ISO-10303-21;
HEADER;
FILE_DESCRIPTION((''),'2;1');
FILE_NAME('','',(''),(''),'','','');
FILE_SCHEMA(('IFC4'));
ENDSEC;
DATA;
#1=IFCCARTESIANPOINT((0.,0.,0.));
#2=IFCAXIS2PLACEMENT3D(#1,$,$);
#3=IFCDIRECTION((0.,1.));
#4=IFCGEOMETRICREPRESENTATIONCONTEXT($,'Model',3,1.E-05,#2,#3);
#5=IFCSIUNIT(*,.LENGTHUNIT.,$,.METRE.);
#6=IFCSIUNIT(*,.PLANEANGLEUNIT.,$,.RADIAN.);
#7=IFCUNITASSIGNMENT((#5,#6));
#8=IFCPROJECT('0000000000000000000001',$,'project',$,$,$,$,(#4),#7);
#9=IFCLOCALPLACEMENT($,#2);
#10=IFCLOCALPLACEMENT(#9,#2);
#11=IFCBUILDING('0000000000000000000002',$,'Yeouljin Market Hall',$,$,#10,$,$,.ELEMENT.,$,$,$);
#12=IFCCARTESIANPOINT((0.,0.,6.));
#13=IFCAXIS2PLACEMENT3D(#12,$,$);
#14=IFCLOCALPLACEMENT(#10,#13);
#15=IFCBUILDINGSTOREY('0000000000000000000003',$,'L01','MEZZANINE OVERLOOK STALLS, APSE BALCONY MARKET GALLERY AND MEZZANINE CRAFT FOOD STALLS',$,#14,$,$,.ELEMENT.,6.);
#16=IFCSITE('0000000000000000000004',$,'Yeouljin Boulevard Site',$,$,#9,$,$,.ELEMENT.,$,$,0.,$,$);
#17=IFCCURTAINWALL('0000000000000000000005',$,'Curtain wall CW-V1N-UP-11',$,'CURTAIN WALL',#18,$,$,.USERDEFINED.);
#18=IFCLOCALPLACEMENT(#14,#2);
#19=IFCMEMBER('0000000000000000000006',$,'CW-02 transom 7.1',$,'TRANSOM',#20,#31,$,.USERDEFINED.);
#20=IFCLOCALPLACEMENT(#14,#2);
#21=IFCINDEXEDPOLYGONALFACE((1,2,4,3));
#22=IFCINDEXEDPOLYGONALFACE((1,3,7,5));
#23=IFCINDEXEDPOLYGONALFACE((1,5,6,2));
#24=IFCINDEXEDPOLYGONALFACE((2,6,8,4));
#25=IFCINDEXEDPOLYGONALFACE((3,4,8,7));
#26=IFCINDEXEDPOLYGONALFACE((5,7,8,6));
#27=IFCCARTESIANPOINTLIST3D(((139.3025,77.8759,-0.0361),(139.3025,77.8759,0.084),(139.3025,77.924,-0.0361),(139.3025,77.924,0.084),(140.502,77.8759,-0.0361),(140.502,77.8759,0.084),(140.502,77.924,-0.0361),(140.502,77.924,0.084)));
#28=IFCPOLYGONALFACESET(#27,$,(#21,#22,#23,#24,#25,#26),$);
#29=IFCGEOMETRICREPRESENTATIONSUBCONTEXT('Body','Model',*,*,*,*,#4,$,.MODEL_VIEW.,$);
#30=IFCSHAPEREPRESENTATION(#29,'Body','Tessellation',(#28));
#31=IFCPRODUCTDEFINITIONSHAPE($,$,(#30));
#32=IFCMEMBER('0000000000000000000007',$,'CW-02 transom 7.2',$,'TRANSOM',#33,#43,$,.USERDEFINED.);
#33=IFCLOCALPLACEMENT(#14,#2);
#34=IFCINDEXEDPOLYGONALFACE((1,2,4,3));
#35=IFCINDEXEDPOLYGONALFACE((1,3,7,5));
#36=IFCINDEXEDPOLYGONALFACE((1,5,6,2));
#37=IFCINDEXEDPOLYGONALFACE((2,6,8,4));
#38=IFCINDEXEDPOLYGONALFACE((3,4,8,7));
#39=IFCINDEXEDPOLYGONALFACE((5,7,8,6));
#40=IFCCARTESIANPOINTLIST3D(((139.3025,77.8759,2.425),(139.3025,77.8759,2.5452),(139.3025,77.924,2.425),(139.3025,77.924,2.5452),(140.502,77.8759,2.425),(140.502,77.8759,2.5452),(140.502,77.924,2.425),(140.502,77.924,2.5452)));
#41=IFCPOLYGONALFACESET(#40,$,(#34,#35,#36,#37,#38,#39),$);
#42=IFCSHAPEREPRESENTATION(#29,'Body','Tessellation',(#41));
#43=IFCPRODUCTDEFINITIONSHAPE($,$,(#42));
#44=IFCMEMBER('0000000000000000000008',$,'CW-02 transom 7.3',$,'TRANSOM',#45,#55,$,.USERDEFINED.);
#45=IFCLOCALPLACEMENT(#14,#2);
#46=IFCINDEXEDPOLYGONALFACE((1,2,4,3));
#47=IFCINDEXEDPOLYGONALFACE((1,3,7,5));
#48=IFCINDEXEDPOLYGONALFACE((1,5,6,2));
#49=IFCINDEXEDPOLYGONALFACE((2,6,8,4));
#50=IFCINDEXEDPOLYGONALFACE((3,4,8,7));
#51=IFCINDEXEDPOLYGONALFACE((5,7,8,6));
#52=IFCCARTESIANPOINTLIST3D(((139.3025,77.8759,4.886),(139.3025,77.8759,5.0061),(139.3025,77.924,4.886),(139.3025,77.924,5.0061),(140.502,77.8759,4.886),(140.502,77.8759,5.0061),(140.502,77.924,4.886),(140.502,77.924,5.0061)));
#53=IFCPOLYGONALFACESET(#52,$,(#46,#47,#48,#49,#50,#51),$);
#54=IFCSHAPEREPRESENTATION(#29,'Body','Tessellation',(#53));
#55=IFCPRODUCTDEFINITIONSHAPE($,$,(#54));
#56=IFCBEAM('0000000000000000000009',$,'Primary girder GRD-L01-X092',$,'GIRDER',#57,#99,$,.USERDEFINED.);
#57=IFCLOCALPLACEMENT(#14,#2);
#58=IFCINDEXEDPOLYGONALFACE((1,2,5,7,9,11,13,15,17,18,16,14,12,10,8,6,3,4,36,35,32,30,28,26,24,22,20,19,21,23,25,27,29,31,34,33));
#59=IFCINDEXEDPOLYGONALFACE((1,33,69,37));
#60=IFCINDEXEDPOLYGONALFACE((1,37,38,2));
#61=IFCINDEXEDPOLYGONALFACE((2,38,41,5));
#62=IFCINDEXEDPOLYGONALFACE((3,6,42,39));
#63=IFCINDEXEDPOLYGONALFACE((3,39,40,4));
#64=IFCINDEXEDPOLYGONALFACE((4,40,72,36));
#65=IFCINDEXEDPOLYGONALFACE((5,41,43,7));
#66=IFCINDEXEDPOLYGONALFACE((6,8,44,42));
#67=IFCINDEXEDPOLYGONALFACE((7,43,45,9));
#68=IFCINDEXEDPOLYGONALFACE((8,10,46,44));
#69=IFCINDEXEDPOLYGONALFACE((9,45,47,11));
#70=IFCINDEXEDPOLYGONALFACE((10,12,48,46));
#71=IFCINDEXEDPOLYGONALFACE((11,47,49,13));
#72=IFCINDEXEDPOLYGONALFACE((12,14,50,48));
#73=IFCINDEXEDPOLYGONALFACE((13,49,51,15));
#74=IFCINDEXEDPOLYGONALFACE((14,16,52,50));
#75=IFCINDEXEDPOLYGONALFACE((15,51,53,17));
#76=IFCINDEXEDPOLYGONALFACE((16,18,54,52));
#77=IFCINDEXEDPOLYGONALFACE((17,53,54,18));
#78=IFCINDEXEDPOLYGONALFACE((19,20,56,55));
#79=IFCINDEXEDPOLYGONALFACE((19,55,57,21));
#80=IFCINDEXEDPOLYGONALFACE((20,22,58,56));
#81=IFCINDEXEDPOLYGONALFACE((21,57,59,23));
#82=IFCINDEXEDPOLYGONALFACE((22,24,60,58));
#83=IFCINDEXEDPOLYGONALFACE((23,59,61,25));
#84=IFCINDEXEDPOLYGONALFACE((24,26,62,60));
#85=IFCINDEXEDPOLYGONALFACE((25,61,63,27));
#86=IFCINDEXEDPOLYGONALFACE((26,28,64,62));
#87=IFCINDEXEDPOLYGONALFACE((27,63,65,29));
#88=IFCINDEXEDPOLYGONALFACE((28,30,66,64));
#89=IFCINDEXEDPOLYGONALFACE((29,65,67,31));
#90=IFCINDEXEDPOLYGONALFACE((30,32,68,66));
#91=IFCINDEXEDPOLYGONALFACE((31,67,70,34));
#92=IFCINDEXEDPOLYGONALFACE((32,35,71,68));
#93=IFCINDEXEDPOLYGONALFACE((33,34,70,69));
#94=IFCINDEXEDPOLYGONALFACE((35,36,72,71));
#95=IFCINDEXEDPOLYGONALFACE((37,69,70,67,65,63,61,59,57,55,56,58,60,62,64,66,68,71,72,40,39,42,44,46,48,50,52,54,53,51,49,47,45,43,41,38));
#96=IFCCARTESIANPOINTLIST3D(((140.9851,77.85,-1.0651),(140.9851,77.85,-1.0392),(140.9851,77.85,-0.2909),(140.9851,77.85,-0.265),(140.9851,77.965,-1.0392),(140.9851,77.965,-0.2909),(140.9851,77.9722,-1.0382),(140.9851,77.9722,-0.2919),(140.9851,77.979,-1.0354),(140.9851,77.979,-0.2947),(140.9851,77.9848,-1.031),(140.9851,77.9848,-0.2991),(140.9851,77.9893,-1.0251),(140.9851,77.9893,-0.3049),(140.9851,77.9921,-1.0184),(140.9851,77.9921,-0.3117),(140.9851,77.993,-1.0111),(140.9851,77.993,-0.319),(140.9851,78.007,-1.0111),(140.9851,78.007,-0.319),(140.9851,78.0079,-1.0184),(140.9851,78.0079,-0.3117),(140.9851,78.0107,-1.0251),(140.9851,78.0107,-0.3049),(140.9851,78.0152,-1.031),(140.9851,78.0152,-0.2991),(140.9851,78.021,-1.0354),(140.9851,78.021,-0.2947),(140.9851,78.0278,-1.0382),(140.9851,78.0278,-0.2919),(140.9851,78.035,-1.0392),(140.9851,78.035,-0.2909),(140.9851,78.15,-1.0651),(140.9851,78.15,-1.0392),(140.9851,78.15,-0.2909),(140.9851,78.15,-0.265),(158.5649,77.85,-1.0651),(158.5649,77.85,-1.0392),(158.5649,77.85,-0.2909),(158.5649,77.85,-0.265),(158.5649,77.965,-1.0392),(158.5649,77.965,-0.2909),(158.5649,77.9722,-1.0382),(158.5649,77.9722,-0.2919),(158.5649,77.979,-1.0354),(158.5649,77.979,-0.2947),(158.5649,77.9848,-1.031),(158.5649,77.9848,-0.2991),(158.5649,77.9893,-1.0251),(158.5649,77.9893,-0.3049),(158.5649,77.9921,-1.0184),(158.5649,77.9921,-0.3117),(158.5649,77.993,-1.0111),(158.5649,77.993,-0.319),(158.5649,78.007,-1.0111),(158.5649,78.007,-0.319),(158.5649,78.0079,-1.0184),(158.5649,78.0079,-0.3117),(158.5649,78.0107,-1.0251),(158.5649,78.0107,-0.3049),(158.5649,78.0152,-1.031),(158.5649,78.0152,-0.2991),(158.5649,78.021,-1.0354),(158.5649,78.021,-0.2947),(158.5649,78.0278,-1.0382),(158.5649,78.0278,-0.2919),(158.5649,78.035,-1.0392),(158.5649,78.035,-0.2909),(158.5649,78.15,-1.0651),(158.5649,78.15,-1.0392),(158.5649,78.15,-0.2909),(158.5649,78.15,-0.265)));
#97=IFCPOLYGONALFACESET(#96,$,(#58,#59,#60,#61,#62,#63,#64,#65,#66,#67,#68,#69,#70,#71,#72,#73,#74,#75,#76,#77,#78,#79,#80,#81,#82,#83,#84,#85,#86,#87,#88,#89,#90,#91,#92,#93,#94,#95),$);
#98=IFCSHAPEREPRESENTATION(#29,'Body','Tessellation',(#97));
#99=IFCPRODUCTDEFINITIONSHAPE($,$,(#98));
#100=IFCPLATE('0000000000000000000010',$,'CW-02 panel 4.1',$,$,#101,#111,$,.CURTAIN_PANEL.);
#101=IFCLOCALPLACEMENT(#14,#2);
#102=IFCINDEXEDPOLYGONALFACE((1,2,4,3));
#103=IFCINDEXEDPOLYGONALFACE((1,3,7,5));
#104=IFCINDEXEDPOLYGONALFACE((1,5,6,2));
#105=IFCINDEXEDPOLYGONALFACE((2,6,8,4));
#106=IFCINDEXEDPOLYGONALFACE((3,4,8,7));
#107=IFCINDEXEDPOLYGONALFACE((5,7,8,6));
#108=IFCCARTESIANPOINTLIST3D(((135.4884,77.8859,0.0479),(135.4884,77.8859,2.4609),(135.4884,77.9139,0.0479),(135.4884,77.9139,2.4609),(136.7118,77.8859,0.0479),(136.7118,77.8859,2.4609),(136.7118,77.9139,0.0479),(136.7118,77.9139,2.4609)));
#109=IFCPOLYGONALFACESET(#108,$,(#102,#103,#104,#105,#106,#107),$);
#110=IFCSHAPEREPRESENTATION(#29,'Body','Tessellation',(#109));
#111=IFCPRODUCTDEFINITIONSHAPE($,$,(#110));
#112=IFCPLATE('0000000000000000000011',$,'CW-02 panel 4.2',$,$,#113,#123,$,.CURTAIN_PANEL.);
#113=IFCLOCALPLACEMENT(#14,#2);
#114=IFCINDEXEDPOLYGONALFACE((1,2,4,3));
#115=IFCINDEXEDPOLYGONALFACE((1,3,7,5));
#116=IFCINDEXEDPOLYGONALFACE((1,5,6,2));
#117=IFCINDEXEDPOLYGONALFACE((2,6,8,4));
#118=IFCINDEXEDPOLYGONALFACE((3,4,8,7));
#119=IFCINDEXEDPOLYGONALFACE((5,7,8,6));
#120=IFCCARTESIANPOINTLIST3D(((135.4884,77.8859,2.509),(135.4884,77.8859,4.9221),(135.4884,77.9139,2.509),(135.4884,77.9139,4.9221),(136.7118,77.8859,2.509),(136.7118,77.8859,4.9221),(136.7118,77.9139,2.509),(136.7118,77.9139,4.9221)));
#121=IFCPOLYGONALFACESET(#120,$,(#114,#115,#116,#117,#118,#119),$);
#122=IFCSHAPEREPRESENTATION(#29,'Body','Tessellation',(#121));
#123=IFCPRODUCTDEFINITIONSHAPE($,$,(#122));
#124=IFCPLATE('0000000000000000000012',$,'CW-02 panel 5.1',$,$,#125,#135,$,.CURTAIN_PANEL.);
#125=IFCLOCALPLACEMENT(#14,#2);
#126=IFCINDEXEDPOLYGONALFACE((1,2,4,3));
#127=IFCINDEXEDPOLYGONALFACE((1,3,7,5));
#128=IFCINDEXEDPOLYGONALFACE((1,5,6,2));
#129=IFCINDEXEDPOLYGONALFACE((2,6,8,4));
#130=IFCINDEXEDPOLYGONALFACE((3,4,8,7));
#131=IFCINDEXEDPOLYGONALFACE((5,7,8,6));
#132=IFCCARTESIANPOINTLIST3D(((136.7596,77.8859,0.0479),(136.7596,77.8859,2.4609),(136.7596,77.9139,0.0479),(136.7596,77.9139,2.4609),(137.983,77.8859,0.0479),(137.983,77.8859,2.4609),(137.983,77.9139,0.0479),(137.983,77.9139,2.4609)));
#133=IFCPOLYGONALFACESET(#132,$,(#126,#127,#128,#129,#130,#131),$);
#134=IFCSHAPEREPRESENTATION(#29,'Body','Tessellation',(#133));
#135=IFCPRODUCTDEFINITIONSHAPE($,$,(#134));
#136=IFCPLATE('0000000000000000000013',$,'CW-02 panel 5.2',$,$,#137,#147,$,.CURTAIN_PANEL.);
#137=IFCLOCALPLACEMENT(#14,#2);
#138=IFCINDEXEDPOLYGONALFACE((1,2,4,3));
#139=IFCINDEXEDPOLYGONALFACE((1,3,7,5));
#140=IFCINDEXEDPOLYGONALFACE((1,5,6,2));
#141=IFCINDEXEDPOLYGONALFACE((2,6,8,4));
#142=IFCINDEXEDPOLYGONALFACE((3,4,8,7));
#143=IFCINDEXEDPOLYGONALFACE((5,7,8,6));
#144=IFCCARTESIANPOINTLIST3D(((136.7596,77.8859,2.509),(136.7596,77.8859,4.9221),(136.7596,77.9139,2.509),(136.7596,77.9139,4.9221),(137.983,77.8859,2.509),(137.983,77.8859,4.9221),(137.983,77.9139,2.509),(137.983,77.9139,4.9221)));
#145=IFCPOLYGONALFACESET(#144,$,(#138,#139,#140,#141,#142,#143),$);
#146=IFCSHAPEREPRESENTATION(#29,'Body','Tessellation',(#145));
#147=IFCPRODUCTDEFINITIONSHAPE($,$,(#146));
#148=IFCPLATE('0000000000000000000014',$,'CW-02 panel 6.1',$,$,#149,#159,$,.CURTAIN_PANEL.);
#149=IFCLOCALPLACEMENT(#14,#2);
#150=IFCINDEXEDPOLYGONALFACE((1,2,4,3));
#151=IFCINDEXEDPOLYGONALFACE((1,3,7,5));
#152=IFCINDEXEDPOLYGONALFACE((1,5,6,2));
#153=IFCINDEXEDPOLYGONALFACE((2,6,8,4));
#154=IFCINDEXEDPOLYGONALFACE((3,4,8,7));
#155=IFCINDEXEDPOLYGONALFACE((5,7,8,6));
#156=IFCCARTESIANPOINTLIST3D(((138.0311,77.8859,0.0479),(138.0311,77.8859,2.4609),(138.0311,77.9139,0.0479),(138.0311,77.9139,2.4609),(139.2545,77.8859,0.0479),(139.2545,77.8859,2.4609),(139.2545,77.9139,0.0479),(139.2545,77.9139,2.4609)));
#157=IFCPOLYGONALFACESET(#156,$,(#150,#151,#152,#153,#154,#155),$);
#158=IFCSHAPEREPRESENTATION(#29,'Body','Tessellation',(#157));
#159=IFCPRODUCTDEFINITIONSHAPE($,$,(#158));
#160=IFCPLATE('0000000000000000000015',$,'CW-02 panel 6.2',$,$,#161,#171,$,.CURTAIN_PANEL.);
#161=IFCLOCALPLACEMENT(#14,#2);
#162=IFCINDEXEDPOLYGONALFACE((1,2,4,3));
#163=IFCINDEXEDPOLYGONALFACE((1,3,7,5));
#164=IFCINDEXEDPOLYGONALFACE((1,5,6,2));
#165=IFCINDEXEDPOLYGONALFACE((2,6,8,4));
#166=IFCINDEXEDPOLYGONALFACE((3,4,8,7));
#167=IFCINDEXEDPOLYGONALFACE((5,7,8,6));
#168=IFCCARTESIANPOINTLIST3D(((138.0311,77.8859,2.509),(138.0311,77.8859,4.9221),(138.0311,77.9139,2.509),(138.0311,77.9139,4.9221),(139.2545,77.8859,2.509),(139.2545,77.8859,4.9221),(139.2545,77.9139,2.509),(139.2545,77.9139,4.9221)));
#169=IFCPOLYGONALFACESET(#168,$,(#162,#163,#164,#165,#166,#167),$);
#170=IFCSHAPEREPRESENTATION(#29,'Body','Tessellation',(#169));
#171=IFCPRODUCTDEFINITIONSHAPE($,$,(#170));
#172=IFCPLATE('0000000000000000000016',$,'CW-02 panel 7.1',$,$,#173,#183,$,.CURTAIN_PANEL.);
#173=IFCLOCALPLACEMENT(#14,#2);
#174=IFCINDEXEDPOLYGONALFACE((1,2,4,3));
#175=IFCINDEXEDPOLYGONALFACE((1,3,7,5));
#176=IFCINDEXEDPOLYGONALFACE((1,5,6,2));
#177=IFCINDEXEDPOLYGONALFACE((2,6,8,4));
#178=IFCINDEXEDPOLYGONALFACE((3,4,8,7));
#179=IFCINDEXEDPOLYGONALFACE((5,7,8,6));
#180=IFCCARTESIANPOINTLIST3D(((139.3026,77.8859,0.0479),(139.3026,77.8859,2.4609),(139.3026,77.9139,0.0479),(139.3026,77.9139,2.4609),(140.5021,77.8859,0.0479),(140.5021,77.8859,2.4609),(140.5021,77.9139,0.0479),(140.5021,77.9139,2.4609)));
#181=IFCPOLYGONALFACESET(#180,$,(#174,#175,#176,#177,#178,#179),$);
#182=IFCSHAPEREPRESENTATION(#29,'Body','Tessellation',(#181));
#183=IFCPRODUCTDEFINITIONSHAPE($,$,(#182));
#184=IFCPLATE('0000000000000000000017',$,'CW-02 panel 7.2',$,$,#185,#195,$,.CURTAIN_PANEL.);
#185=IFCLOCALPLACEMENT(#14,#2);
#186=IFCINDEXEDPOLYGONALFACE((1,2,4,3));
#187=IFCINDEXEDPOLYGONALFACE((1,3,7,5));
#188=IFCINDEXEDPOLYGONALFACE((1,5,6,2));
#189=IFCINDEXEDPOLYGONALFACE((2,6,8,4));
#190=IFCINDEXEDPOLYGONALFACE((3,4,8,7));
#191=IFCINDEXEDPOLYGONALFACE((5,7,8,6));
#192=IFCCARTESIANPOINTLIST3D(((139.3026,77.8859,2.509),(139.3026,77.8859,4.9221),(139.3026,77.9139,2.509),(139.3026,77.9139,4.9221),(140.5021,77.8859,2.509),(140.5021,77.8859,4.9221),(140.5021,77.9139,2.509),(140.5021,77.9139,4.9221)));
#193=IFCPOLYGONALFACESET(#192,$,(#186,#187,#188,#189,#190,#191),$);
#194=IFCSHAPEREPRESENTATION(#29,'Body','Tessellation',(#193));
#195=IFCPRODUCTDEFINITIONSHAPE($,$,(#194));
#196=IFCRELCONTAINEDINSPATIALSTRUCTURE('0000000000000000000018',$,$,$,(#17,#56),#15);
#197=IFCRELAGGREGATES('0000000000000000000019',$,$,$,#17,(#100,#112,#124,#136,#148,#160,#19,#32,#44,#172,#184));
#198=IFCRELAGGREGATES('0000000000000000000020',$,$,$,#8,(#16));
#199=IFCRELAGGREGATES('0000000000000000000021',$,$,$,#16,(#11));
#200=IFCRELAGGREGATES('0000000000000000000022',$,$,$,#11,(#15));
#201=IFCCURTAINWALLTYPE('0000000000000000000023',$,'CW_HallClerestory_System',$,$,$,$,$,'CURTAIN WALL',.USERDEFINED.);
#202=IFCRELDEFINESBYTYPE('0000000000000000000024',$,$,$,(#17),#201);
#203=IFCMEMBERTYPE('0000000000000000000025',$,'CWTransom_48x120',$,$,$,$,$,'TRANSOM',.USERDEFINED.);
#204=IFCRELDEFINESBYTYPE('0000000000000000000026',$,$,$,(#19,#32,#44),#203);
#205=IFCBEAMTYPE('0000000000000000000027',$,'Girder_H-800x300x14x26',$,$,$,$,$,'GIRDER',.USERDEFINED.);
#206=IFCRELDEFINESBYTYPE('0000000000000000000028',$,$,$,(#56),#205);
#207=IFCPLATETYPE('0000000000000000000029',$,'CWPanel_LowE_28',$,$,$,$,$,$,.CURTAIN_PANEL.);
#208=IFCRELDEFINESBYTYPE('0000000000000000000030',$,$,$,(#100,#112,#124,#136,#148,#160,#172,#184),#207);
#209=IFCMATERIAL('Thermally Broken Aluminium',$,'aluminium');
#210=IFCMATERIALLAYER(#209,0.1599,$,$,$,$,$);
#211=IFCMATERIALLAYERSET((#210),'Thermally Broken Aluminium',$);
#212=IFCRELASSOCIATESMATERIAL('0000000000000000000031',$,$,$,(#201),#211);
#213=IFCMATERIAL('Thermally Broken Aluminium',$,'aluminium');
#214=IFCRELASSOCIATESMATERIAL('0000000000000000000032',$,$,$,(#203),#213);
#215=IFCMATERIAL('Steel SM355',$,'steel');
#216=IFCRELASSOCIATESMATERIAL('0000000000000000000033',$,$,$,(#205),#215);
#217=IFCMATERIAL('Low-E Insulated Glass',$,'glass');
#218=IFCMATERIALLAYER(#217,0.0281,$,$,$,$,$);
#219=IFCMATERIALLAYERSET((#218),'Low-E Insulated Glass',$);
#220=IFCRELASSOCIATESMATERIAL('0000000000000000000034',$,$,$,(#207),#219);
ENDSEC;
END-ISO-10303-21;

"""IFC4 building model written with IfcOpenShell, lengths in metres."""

from ifc_helpers import new_model, si_unit, direction, frame, origin, origin_2d, place, context, subcontext, project, spatial, rectangle, i_section, extrude, material, layer, layer_set, material_profile, profile_set, type_object, element, aggregate, save


model = new_model("IFC4")

# Units and contexts
model_context = context("Model", 3, precision=1e-05, world=origin(), true_north=direction((0.0, 1.0)))
body_context = subcontext(model_context, "Body", "Model", "MODEL_VIEW")
ifc_project = project(units=[si_unit("LENGTHUNIT", "METRE"), si_unit("PLANEANGLEUNIT", "RADIAN")], contexts=[model_context])

# Site, building, storey
site_placement = place(None, origin())
site = spatial("IfcSite", under=ifc_project, at=site_placement, Name="Yeouljin Boulevard Site", CompositionType="ELEMENT", RefElevation=0.0)
building_placement = place(site_placement, origin())
building = spatial("IfcBuilding", under=site, at=building_placement, Name="Yeouljin Market Hall", CompositionType="ELEMENT")
storey_placement = place(building_placement, frame((0.0, 0.0, 6.0)))
storey = spatial("IfcBuildingStorey", under=building, at=storey_placement, Name="L01", Description="MEZZANINE OVERLOOK STALLS, APSE BALCONY MARKET GALLERY AND MEZZANINE CRAFT FOOD STALLS", CompositionType="ELEMENT", Elevation=6.0)

# Curtain wall
ifc_material_1 = material(Name="Thermally Broken Aluminium", Category="aluminium")
ifc_layer_1 = layer(ifc_material_1, 0.1599)
ifc_layer_set_1 = layer_set([ifc_layer_1], Name="Thermally Broken Aluminium")
curtain_wall_type_1 = type_object("IfcCurtainWallType", Name="CW_HallClerestory_System", ElementType="CURTAIN WALL", PredefinedType="USERDEFINED", material=ifc_layer_set_1)
curtain_wall_1_placement = place(storey_placement, origin())
curtain_wall_1 = element("IfcCurtainWall", 1, at=curtain_wall_1_placement, inside=storey, type_object=curtain_wall_type_1, Name="Curtain wall CW-V1N-UP-11", ObjectType="CURTAIN WALL", PredefinedType="USERDEFINED")

# Members
ifc_material_2 = material(Name="Thermally Broken Aluminium", Category="aluminium")
ifc_material_profile_1 = material_profile(ifc_material_2, rectangle(XDim=0.0481, YDim=0.1201, at=origin_2d()), Name="CW-TRAN-48x120")
ifc_profile_set_1 = profile_set([ifc_material_profile_1], Name="Thermally Broken Aluminium")
member_type_1 = type_object("IfcMemberType", Name="CWTransom_48x120", ElementType="TRANSOM", PredefinedType="USERDEFINED", material=ifc_profile_set_1)
member_1_placement = place(storey_placement, frame((139.3025, 77.8999, 0.0239), z_axis=(1.0, 0.0, 0.0), x_axis=(0.0, 1.0, 0.0)))
member_1 = element("IfcMember", 2, at=member_1_placement, type_object=member_type_1, Name="CW-02 transom 7.1", ObjectType="TRANSOM", PredefinedType="USERDEFINED", context=body_context, shape_type="SweptSolid", body=[
    extrude(rectangle(XDim=0.0481, YDim=0.1201, at=origin_2d()), origin(), (0.0, 0.0, 1.0), 1.1995),
])
member_2_placement = place(storey_placement, frame((139.3025, 77.8999, 2.4851), z_axis=(1.0, 0.0, 0.0), x_axis=(0.0, 1.0, 0.0)))
member_2 = element("IfcMember", 3, at=member_2_placement, type_object=member_type_1, Name="CW-02 transom 7.2", ObjectType="TRANSOM", PredefinedType="USERDEFINED", context=body_context, shape_type="SweptSolid", body=[
    extrude(rectangle(XDim=0.0481, YDim=0.1201, at=origin_2d()), origin(), (0.0, 0.0, 1.0), 1.1995),
])
member_3_placement = place(storey_placement, frame((139.3025, 77.8999, 4.946), z_axis=(1.0, 0.0, 0.0), x_axis=(0.0, 1.0, 0.0)))
member_3 = element("IfcMember", 4, at=member_3_placement, type_object=member_type_1, Name="CW-02 transom 7.3", ObjectType="TRANSOM", PredefinedType="USERDEFINED", context=body_context, shape_type="SweptSolid", body=[
    extrude(rectangle(XDim=0.0481, YDim=0.1201, at=origin_2d()), origin(), (0.0, 0.0, 1.0), 1.1995),
])

# Beam
ifc_material_3 = material(Name="Steel SM355", Category="steel")
ifc_material_profile_2 = material_profile(ifc_material_3, i_section(OverallWidth=0.3, OverallDepth=0.8, WebThickness=0.0139, FlangeThickness=0.0259, FilletRadius=0.0281, at=origin_2d()), Name="H-800x300x14x26")
ifc_profile_set_2 = profile_set([ifc_material_profile_2], Name="Steel SM355")
beam_type = type_object("IfcBeamType", Name="Girder_H-800x300x14x26", ElementType="GIRDER", PredefinedType="USERDEFINED", material=ifc_profile_set_2)
beam_placement = place(storey_placement, frame((140.9851, 78.0, -0.665), z_axis=(1.0, 0.0, 0.0), x_axis=(0.0, 1.0, 0.0)))
element("IfcBeam", 5, at=beam_placement, inside=storey, type_object=beam_type, Name="Primary girder GRD-L01-X092", ObjectType="GIRDER", PredefinedType="USERDEFINED", context=body_context, shape_type="SweptSolid", body=[
    extrude(i_section(OverallWidth=0.3, OverallDepth=0.8, WebThickness=0.0139, FlangeThickness=0.0259, FilletRadius=0.0281, at=origin_2d()), origin(), (0.0, 0.0, 1.0), 17.5798),
])

# Plates
ifc_material_4 = material(Name="Low-E Insulated Glass", Category="glass")
ifc_layer_2 = layer(ifc_material_4, 0.0281)
ifc_layer_set_2 = layer_set([ifc_layer_2], Name="Low-E Insulated Glass")
plate_type = type_object("IfcPlateType", Name="CWPanel_LowE_28", PredefinedType="CURTAIN_PANEL", material=ifc_layer_set_2)
plate_1_placement = place(storey_placement, frame((136.1001, 77.8999, 0.0479), z_axis=(0.0, 0.0, 1.0), x_axis=(1.0, 0.0, 0.0)))
plate_1 = element("IfcPlate", 6, at=plate_1_placement, type_object=plate_type, Name="CW-02 panel 4.1", PredefinedType="CURTAIN_PANEL", context=body_context, shape_type="SweptSolid", body=[
    extrude(rectangle(XDim=1.2234, YDim=0.0281, at=origin_2d()), origin(), (0.0, 0.0, 1.0), 2.4131),
])
plate_2_placement = place(storey_placement, frame((136.1001, 77.8999, 2.509), z_axis=(0.0, 0.0, 1.0), x_axis=(1.0, 0.0, 0.0)))
plate_2 = element("IfcPlate", 7, at=plate_2_placement, type_object=plate_type, Name="CW-02 panel 4.2", PredefinedType="CURTAIN_PANEL", context=body_context, shape_type="SweptSolid", body=[
    extrude(rectangle(XDim=1.2234, YDim=0.0281, at=origin_2d()), origin(), (0.0, 0.0, 1.0), 2.4131),
])
plate_3_placement = place(storey_placement, frame((137.3713, 77.8999, 0.0479), z_axis=(0.0, 0.0, 1.0), x_axis=(1.0, 0.0, 0.0)))
plate_3 = element("IfcPlate", 8, at=plate_3_placement, type_object=plate_type, Name="CW-02 panel 5.1", PredefinedType="CURTAIN_PANEL", context=body_context, shape_type="SweptSolid", body=[
    extrude(rectangle(XDim=1.2234, YDim=0.0281, at=origin_2d()), origin(), (0.0, 0.0, 1.0), 2.4131),
])
plate_4_placement = place(storey_placement, frame((137.3713, 77.8999, 2.509), z_axis=(0.0, 0.0, 1.0), x_axis=(1.0, 0.0, 0.0)))
plate_4 = element("IfcPlate", 9, at=plate_4_placement, type_object=plate_type, Name="CW-02 panel 5.2", PredefinedType="CURTAIN_PANEL", context=body_context, shape_type="SweptSolid", body=[
    extrude(rectangle(XDim=1.2234, YDim=0.0281, at=origin_2d()), origin(), (0.0, 0.0, 1.0), 2.4131),
])
plate_5_placement = place(storey_placement, frame((138.6428, 77.8999, 0.0479), z_axis=(0.0, 0.0, 1.0), x_axis=(1.0, 0.0, 0.0)))
plate_5 = element("IfcPlate", 10, at=plate_5_placement, type_object=plate_type, Name="CW-02 panel 6.1", PredefinedType="CURTAIN_PANEL", context=body_context, shape_type="SweptSolid", body=[
    extrude(rectangle(XDim=1.2234, YDim=0.0281, at=origin_2d()), origin(), (0.0, 0.0, 1.0), 2.4131),
])
plate_6_placement = place(storey_placement, frame((138.6428, 77.8999, 2.509), z_axis=(0.0, 0.0, 1.0), x_axis=(1.0, 0.0, 0.0)))
plate_6 = element("IfcPlate", 11, at=plate_6_placement, type_object=plate_type, Name="CW-02 panel 6.2", PredefinedType="CURTAIN_PANEL", context=body_context, shape_type="SweptSolid", body=[
    extrude(rectangle(XDim=1.2234, YDim=0.0281, at=origin_2d()), origin(), (0.0, 0.0, 1.0), 2.4131),
])
plate_7_placement = place(storey_placement, frame((139.9023, 77.8999, 0.0479), z_axis=(0.0, 0.0, 1.0), x_axis=(1.0, 0.0, 0.0)))
plate_7 = element("IfcPlate", 12, at=plate_7_placement, type_object=plate_type, Name="CW-02 panel 7.1", PredefinedType="CURTAIN_PANEL", context=body_context, shape_type="SweptSolid", body=[
    extrude(rectangle(XDim=1.1995, YDim=0.0281, at=origin_2d()), origin(), (0.0, 0.0, 1.0), 2.4131),
])
plate_8_placement = place(storey_placement, frame((139.9023, 77.8999, 2.509), z_axis=(0.0, 0.0, 1.0), x_axis=(1.0, 0.0, 0.0)))
plate_8 = element("IfcPlate", 13, at=plate_8_placement, type_object=plate_type, Name="CW-02 panel 7.2", PredefinedType="CURTAIN_PANEL", context=body_context, shape_type="SweptSolid", body=[
    extrude(rectangle(XDim=1.1995, YDim=0.0281, at=origin_2d()), origin(), (0.0, 0.0, 1.0), 2.4131),
])
aggregate(curtain_wall_1, [plate_1, plate_2, plate_3, plate_4, plate_5, plate_6, member_1, member_2, member_3, plate_7, plate_8])

save(model, "model.ifc")
